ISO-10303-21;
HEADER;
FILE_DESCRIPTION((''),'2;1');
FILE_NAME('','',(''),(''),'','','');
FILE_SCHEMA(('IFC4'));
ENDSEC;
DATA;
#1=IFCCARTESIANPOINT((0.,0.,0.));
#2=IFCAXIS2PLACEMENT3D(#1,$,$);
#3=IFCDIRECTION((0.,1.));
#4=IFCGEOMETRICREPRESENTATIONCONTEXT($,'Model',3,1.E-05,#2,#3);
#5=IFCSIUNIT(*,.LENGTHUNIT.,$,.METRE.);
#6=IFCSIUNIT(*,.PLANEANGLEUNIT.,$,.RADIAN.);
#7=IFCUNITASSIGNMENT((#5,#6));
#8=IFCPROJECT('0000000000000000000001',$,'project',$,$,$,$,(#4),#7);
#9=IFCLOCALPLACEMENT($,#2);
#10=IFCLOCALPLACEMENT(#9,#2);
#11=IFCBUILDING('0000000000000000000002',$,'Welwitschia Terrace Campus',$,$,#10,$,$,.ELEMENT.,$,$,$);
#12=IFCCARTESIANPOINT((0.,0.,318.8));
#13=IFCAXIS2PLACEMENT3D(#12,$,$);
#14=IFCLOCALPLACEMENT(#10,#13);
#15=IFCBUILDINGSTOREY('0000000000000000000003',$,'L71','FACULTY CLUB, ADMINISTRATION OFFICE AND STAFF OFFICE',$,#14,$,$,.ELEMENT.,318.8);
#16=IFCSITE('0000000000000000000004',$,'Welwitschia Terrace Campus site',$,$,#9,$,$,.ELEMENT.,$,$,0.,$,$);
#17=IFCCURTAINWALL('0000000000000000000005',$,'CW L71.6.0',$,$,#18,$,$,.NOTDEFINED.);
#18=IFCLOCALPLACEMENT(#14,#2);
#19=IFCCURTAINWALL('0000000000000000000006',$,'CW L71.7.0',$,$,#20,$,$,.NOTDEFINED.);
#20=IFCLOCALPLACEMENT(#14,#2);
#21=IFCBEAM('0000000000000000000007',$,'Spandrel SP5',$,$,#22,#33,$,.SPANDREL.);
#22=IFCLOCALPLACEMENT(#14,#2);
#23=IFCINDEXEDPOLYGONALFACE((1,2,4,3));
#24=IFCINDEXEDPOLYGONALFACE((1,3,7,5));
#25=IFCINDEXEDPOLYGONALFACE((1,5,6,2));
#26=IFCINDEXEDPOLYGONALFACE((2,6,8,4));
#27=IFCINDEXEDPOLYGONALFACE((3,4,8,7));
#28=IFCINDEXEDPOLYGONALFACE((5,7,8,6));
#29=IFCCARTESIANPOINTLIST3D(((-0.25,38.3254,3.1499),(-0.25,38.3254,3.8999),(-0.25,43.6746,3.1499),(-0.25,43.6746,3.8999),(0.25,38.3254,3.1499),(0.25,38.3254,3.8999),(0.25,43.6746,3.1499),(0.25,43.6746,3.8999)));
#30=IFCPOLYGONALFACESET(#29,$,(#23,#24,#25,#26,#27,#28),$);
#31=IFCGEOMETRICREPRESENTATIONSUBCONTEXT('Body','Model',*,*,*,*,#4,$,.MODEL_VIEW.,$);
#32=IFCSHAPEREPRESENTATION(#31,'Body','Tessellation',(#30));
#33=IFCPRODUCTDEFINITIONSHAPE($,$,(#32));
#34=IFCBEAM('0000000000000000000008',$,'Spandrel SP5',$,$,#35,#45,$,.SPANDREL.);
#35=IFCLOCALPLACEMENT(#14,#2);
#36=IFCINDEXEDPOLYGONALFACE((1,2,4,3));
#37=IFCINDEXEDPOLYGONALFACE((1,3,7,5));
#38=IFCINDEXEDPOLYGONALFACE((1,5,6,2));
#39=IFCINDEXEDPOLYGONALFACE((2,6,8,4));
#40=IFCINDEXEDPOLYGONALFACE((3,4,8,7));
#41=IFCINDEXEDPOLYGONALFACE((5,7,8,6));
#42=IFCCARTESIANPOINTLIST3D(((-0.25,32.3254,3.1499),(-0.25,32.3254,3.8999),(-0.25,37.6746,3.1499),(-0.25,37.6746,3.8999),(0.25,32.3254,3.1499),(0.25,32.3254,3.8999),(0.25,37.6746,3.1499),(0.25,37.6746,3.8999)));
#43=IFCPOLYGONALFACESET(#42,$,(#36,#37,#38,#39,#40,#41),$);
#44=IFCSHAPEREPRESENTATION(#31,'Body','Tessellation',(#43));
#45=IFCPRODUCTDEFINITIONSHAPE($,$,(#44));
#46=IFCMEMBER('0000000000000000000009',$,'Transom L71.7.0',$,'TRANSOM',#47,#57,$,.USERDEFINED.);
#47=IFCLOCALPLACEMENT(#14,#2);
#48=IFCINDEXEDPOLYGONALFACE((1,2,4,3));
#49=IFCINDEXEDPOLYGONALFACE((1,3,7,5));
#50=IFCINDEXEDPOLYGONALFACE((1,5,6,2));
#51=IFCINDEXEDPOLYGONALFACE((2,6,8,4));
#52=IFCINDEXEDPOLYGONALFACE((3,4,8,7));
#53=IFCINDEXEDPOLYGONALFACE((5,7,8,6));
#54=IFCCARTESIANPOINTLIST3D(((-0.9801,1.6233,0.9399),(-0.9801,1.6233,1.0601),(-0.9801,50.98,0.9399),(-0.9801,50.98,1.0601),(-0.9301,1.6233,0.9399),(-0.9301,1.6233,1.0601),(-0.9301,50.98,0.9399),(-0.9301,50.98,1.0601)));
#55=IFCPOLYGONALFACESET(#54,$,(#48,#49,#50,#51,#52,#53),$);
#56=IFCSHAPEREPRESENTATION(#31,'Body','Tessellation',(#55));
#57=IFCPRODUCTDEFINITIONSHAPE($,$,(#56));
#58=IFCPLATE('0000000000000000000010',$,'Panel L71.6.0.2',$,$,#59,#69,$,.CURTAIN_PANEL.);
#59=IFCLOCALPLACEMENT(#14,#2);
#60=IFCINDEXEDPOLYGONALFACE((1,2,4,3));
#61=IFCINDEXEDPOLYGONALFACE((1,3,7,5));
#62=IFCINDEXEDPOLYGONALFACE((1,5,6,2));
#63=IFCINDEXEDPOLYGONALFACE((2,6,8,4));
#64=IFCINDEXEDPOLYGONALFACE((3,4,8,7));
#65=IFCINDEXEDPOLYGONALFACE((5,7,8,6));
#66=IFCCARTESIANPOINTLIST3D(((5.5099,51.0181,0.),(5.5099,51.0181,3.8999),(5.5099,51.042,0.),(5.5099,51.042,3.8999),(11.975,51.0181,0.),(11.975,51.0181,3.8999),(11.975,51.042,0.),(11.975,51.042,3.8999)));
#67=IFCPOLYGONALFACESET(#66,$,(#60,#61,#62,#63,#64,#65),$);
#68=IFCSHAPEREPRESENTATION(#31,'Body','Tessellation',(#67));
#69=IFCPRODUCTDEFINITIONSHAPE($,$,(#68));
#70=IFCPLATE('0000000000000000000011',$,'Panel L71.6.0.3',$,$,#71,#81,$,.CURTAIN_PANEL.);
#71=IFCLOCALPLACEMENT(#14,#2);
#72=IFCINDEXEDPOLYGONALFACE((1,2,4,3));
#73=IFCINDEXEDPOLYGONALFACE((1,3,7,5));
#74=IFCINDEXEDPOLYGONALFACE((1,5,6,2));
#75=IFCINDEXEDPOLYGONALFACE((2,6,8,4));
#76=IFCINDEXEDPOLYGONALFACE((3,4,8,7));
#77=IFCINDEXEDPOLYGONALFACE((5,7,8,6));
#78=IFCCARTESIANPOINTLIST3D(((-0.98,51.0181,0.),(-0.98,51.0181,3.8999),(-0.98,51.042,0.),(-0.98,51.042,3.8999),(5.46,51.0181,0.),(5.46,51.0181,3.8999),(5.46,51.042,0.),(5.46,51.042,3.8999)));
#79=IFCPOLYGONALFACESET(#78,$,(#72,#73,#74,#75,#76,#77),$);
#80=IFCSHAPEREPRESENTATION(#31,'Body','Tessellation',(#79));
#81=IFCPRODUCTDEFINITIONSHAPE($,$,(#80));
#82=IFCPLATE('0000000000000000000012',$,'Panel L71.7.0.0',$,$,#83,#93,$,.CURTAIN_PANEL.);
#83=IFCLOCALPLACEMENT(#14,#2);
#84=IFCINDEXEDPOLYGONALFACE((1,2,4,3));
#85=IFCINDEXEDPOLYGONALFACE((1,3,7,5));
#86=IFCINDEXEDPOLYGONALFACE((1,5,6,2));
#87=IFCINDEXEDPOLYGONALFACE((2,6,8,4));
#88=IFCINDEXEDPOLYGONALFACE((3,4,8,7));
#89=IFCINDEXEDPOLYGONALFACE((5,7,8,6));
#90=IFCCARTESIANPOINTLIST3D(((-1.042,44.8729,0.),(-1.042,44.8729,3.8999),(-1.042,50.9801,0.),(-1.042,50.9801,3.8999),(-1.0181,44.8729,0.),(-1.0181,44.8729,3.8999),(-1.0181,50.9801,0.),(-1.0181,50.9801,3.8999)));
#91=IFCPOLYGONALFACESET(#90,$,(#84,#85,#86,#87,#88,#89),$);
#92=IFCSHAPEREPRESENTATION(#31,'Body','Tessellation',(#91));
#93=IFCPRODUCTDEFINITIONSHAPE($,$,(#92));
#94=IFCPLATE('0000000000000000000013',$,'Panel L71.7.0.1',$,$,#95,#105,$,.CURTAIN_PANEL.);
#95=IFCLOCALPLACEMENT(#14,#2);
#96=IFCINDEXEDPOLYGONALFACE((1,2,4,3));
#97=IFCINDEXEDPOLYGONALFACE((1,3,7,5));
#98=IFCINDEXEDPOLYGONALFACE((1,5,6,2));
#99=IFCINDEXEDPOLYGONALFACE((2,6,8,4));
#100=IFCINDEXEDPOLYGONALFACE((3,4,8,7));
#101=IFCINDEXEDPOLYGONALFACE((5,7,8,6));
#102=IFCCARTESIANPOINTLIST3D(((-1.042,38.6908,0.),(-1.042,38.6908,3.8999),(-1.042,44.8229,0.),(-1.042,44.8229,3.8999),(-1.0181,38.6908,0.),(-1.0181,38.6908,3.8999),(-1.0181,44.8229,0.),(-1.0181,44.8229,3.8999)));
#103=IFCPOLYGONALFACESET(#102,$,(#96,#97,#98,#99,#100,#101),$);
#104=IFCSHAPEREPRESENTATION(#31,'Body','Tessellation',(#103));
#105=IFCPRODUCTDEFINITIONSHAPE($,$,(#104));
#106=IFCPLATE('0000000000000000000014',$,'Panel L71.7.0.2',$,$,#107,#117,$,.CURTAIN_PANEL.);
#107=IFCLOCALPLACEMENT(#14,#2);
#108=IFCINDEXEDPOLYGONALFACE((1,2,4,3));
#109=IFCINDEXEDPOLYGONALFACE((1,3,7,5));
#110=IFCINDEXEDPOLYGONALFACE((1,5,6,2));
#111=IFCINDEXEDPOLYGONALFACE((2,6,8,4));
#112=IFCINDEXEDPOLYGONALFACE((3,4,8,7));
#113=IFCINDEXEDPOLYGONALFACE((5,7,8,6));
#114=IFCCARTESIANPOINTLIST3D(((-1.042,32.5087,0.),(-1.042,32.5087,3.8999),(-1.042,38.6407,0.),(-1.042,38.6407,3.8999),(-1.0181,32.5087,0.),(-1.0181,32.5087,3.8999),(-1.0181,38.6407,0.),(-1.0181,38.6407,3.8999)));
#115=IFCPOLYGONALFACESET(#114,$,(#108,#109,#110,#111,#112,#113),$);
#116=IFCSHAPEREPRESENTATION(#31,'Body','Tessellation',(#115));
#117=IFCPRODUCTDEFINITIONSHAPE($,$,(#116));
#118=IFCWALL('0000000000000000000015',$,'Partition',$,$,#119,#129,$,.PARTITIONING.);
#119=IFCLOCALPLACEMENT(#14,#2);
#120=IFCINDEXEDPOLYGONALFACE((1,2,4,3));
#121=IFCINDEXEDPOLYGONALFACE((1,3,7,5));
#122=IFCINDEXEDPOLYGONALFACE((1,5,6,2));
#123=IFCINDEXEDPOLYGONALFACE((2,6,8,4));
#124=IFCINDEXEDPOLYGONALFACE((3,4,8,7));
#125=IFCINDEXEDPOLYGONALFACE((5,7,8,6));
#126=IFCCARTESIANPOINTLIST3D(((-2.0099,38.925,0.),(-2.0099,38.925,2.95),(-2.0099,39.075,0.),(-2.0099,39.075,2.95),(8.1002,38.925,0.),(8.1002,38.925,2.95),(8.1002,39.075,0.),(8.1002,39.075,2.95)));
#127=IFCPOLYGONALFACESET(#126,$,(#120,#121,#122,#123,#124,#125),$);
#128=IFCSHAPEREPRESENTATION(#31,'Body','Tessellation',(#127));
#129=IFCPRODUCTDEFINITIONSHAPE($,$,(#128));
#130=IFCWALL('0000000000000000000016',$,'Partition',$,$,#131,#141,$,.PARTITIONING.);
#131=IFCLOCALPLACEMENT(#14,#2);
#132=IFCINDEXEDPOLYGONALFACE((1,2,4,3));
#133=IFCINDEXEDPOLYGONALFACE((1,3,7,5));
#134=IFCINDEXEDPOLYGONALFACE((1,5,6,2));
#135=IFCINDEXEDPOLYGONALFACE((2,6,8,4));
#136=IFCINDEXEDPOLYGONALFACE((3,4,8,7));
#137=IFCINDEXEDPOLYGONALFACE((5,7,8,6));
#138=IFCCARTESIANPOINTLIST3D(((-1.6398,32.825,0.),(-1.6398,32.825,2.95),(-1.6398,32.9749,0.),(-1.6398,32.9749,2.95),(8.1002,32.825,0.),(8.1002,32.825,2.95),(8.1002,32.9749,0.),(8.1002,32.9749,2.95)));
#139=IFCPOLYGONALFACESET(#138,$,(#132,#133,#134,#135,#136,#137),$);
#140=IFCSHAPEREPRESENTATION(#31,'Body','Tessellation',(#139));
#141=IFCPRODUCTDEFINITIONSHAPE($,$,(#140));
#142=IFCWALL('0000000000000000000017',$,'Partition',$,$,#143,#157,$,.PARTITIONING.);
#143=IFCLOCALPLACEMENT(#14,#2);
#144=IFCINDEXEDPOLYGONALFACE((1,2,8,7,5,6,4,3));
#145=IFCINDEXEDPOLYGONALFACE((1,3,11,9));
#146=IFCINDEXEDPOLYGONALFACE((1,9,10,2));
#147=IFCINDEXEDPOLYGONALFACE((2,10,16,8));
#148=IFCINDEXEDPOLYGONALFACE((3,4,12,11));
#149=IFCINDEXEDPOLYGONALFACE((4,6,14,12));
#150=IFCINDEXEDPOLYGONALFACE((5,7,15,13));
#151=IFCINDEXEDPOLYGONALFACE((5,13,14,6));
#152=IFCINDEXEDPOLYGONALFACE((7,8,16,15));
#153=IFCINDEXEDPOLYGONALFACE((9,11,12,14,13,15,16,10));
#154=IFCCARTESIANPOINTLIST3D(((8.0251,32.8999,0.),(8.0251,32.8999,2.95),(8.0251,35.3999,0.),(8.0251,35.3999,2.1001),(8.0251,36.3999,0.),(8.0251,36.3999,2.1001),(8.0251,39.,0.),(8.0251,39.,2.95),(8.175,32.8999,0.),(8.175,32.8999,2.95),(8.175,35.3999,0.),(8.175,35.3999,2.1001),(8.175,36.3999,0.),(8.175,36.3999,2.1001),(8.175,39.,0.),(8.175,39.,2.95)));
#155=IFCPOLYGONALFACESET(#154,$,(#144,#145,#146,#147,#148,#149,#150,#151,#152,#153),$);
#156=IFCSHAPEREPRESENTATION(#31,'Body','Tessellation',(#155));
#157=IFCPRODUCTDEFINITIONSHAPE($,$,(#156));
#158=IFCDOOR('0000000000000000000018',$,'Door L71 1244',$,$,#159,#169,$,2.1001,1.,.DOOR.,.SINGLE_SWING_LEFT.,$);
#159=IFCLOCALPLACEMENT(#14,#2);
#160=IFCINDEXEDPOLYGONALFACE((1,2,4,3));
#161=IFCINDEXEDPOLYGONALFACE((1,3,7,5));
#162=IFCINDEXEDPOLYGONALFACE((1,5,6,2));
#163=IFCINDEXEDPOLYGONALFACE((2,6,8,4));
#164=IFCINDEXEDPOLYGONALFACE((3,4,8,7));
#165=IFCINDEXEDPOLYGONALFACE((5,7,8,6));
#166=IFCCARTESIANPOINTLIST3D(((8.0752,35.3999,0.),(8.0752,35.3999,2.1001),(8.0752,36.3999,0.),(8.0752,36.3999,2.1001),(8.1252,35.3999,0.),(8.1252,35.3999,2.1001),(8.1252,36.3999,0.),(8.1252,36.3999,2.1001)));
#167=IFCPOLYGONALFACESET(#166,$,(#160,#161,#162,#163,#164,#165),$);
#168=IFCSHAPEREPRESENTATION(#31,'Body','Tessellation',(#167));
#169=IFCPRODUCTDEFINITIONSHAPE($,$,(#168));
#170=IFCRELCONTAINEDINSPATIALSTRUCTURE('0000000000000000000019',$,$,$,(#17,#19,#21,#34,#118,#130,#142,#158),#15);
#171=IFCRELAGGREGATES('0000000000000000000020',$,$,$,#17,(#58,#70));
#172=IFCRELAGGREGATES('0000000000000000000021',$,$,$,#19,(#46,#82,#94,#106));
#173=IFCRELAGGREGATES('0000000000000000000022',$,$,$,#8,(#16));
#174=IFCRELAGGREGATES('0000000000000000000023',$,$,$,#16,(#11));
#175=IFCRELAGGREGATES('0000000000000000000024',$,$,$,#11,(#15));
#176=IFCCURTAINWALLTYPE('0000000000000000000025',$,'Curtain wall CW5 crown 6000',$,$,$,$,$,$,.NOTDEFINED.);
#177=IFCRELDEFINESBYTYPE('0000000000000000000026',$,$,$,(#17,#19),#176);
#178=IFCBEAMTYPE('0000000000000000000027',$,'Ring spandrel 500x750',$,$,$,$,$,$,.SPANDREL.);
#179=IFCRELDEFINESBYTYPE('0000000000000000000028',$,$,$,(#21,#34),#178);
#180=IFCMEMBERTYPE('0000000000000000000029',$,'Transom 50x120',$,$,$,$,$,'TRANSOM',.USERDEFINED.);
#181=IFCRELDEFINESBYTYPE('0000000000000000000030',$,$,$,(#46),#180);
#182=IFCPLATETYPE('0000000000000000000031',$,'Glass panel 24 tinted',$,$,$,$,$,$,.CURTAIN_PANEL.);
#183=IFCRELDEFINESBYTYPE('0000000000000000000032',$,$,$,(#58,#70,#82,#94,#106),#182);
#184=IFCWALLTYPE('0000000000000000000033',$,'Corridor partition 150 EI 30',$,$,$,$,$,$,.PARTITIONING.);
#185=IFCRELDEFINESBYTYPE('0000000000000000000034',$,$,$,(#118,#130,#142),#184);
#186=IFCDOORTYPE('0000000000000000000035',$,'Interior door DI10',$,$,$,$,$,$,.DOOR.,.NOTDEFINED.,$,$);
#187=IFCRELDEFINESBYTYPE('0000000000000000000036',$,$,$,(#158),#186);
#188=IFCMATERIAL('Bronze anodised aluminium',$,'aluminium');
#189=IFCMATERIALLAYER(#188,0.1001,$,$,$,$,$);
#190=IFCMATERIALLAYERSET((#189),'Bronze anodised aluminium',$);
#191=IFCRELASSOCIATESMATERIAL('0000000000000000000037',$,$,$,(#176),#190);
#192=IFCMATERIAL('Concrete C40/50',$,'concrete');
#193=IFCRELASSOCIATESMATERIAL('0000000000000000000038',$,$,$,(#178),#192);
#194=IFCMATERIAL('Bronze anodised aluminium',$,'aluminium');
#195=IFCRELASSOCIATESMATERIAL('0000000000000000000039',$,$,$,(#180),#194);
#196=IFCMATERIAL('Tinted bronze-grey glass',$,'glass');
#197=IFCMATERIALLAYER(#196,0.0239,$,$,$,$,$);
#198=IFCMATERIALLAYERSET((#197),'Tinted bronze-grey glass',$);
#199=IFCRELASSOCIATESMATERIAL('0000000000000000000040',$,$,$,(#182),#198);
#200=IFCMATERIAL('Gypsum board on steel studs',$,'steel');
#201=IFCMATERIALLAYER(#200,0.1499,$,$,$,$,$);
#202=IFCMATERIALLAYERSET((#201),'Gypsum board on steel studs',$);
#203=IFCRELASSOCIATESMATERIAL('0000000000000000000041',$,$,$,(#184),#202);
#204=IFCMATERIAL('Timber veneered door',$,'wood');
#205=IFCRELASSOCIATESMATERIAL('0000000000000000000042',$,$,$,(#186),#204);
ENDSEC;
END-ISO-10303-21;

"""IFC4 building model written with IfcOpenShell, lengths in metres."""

from ifc_helpers import new_model, si_unit, direction, frame, frame_2d, origin, origin_2d, place, context, subcontext, project, spatial, rectangle, extrude, material, layer, layer_set, material_profile, profile_set, type_object, element, fill, aggregate, save


model = new_model("IFC4")

# Units and contexts
model_context = context("Model", 3, precision=1e-05, world=origin(), true_north=direction((0.0, 1.0)))
body_context = subcontext(model_context, "Body", "Model", "MODEL_VIEW")
ifc_project = project(units=[si_unit("LENGTHUNIT", "METRE"), si_unit("PLANEANGLEUNIT", "RADIAN")], contexts=[model_context])

# Site, building, storey
site_placement = place(None, origin())
site = spatial("IfcSite", under=ifc_project, at=site_placement, Name="Welwitschia Terrace Campus site", CompositionType="ELEMENT", RefElevation=0.0)
building_placement = place(site_placement, origin())
building = spatial("IfcBuilding", under=site, at=building_placement, Name="Welwitschia Terrace Campus", CompositionType="ELEMENT")
storey_placement = place(building_placement, frame((0.0, 0.0, 318.8)))
storey = spatial("IfcBuildingStorey", under=building, at=storey_placement, Name="L71", Description="FACULTY CLUB, ADMINISTRATION OFFICE AND STAFF OFFICE", CompositionType="ELEMENT", Elevation=318.8)

# Curtain walls
ifc_material_1 = material(Name="Bronze anodised aluminium", Category="aluminium")
ifc_layer_1 = layer(ifc_material_1, 0.1001)
ifc_layer_set_1 = layer_set([ifc_layer_1], Name="Bronze anodised aluminium")
curtain_wall_type = type_object("IfcCurtainWallType", Name="Curtain wall CW5 crown 6000", PredefinedType="NOTDEFINED", material=ifc_layer_set_1)
curtain_wall_1_placement = place(storey_placement, origin())
curtain_wall_1 = element("IfcCurtainWall", 1, at=curtain_wall_1_placement, inside=storey, type_object=curtain_wall_type, Name="CW L71.6.0", PredefinedType="NOTDEFINED")
curtain_wall_2_placement = place(storey_placement, origin())
curtain_wall_2 = element("IfcCurtainWall", 2, at=curtain_wall_2_placement, inside=storey, type_object=curtain_wall_type, Name="CW L71.7.0", PredefinedType="NOTDEFINED")

# Beams
ifc_material_2 = material(Name="Concrete C40/50", Category="concrete")
ifc_material_profile_1 = material_profile(ifc_material_2, rectangle(XDim=0.5, YDim=0.75, at=origin_2d()))
ifc_profile_set_1 = profile_set([ifc_material_profile_1], Name="Concrete C40/50")
beam_type_1 = type_object("IfcBeamType", Name="Ring spandrel 500x750", PredefinedType="SPANDREL", material=ifc_profile_set_1)
for number, where, z_axis, x_axis, name in (
    (3, (0.0, 43.6746, 3.5249), (0.0, -1.0, 0.0), (1.0, 0.0, 0.0), "Spandrel SP5"),
    (4, (0.0, 37.6746, 3.5249), (0.0, -1.0, 0.0), (1.0, 0.0, 0.0), "Spandrel SP5"),
):
    element("IfcBeam", number, at=place(storey_placement, frame(where, z_axis=z_axis, x_axis=x_axis)), inside=storey, type_object=beam_type_1, Name=name, PredefinedType="SPANDREL", context=body_context, shape_type="SweptSolid", body=[
        extrude(rectangle(XDim=0.5, YDim=0.75, at=origin_2d()), origin(), (0.0, 0.0, 1.0), 5.3491),
    ])

# Member
ifc_material_3 = material(Name="Bronze anodised aluminium", Category="aluminium")
ifc_material_profile_2 = material_profile(ifc_material_3, rectangle(XDim=0.05, YDim=0.1201, at=origin_2d()))
ifc_profile_set_2 = profile_set([ifc_material_profile_2], Name="Bronze anodised aluminium")
member_type_1 = type_object("IfcMemberType", Name="Transom 50x120", ElementType="TRANSOM", PredefinedType="USERDEFINED", material=ifc_profile_set_2)
member_1_placement = place(storey_placement, frame((-0.9551, 50.98, 1.0), z_axis=(0.0, -1.0, 0.0), x_axis=(1.0, 0.0, 0.0)))
member_1 = element("IfcMember", 5, at=member_1_placement, type_object=member_type_1, Name="Transom L71.7.0", ObjectType="TRANSOM", PredefinedType="USERDEFINED", context=body_context, shape_type="SweptSolid", body=[
    extrude(rectangle(XDim=0.05, YDim=0.1201, at=origin_2d()), origin(), (0.0, 0.0, 1.0), 49.3567),
])

# Plates
ifc_material_4 = material(Name="Tinted bronze-grey glass", Category="glass")
ifc_layer_2 = layer(ifc_material_4, 0.0239)
ifc_layer_set_2 = layer_set([ifc_layer_2], Name="Tinted bronze-grey glass")
plate_type = type_object("IfcPlateType", Name="Glass panel 24 tinted", PredefinedType="CURTAIN_PANEL", material=ifc_layer_set_2)
plate_1_placement = place(storey_placement, frame((8.7424, 51.03, 0.0), z_axis=(0.0, 0.0, 1.0), x_axis=(-1.0, 0.0, 0.0)))
plate_1 = element("IfcPlate", 6, at=plate_1_placement, type_object=plate_type, Name="Panel L71.6.0.2", PredefinedType="CURTAIN_PANEL", context=body_context, shape_type="SweptSolid", body=[
    extrude(rectangle(XDim=6.4651, YDim=0.0239, at=origin_2d()), origin(), (0.0, 0.0, 1.0), 3.8999),
])
plate_2_placement = place(storey_placement, frame((2.24, 51.03, 0.0), z_axis=(0.0, 0.0, 1.0), x_axis=(-1.0, 0.0, 0.0)))
plate_2 = element("IfcPlate", 7, at=plate_2_placement, type_object=plate_type, Name="Panel L71.6.0.3", PredefinedType="CURTAIN_PANEL", context=body_context, shape_type="SweptSolid", body=[
    extrude(rectangle(XDim=6.4399, YDim=0.0239, at=origin_2d()), origin(), (0.0, 0.0, 1.0), 3.8999),
])
aggregate(curtain_wall_1, [plate_1, plate_2])
plate_3_placement = place(storey_placement, frame((-1.03, 47.9265, 0.0), z_axis=(0.0, 0.0, 1.0), x_axis=(0.0, -1.0, 0.0)))
plate_3 = element("IfcPlate", 8, at=plate_3_placement, type_object=plate_type, Name="Panel L71.7.0.0", PredefinedType="CURTAIN_PANEL", context=body_context, shape_type="SweptSolid", body=[
    extrude(rectangle(XDim=6.1072, YDim=0.0239, at=origin_2d()), origin(), (0.0, 0.0, 1.0), 3.8999),
])
plate_4_placement = place(storey_placement, frame((-1.03, 41.7568, 0.0), z_axis=(0.0, 0.0, 1.0), x_axis=(0.0, -1.0, 0.0)))
plate_4 = element("IfcPlate", 9, at=plate_4_placement, type_object=plate_type, Name="Panel L71.7.0.1", PredefinedType="CURTAIN_PANEL", context=body_context, shape_type="SweptSolid", body=[
    extrude(rectangle(XDim=6.1321, YDim=0.0239, at=origin_2d()), origin(), (0.0, 0.0, 1.0), 3.8999),
])
plate_5_placement = place(storey_placement, frame((-1.03, 35.5747, 0.0), z_axis=(0.0, 0.0, 1.0), x_axis=(0.0, -1.0, 0.0)))
plate_5 = element("IfcPlate", 10, at=plate_5_placement, type_object=plate_type, Name="Panel L71.7.0.2", PredefinedType="CURTAIN_PANEL", context=body_context, shape_type="SweptSolid", body=[
    extrude(rectangle(XDim=6.1321, YDim=0.0239, at=origin_2d()), origin(), (0.0, 0.0, 1.0), 3.8999),
])
aggregate(curtain_wall_2, [member_1, plate_3, plate_4, plate_5])

# Walls
ifc_material_5 = material(Name="Gypsum board on steel studs", Category="steel")
ifc_layer_3 = layer(ifc_material_5, 0.1499)
ifc_layer_set_3 = layer_set([ifc_layer_3], Name="Gypsum board on steel studs")
wall_type = type_object("IfcWallType", Name="Corridor partition 150 EI 30", PredefinedType="PARTITIONING", material=ifc_layer_set_3)
wall_1_placement = place(storey_placement, frame((-2.01, 39.0, 0.0), z_axis=(0.0, 0.0, 1.0), x_axis=(1.0, 0.0, 0.0)))
element("IfcWall", 11, at=wall_1_placement, inside=storey, type_object=wall_type, Name="Partition", PredefinedType="PARTITIONING", context=body_context, shape_type="SweptSolid", body=[
    extrude(rectangle(XDim=10.1101, YDim=0.1499, at=frame_2d((5.0552, 0.0))), origin(), (0.0, 0.0, 1.0), 2.95),
])
wall_2_placement = place(storey_placement, frame((-1.6399, 32.8999, 0.0), z_axis=(0.0, 0.0, 1.0), x_axis=(1.0, 0.0, 0.0)))
element("IfcWall", 12, at=wall_2_placement, inside=storey, type_object=wall_type, Name="Partition", PredefinedType="PARTITIONING", context=body_context, shape_type="SweptSolid", body=[
    extrude(rectangle(XDim=9.74, YDim=0.1499, at=frame_2d((4.8701, 0.0))), origin(), (0.0, 0.0, 1.0), 2.95),
])

# Wall, opening, door
wall_3_placement = place(storey_placement, frame((8.1001, 32.8999, 0.0), z_axis=(0.0, 0.0, 1.0), x_axis=(0.0, 1.0, 0.0)))
wall_3 = element("IfcWall", 13, at=wall_3_placement, inside=storey, type_object=wall_type, Name="Partition", PredefinedType="PARTITIONING", context=body_context, shape_type="SweptSolid", body=[
    extrude(rectangle(XDim=6.1001, YDim=0.1499, at=frame_2d((3.05, 0.0))), origin(), (0.0, 0.0, 1.0), 2.95),
])
opening_1_placement = place(wall_3_placement, frame((2.5, 0.0, 0.0)))
opening_1 = element("IfcOpeningElement", 14, at=opening_1_placement, cuts=wall_3, PredefinedType="OPENING", context=body_context, shape_type="SweptSolid", body=[
    extrude(rectangle(XDim=1.0, YDim=2.1001, at=frame_2d((0.5, 1.05))), frame((0.0, 0.085, 0.0), z_axis=(0.0, -1.0, 0.0), x_axis=(1.0, 0.0, 0.0)), (0.0, 0.0, 1.0), 0.1699),
])
ifc_material_6 = material(Name="Timber veneered door", Category="wood")
door_type_1 = type_object("IfcDoorType", Name="Interior door DI10", OperationType="NOTDEFINED", PredefinedType="DOOR", material=ifc_material_6)
door_1_placement = place(opening_1_placement, origin())
door_1 = element("IfcDoor", 15, at=door_1_placement, inside=storey, type_object=door_type_1, Name="Door L71 1244", OperationType="SINGLE_SWING_LEFT", OverallHeight=2.1001, OverallWidth=1.0, PredefinedType="DOOR", context=body_context, shape_type="SweptSolid", body=[
    extrude(rectangle(XDim=1.0, YDim=2.1001, at=frame_2d((0.5, 1.05))), frame((0.0, 0.0249, 0.0), z_axis=(0.0, -1.0, 0.0), x_axis=(1.0, 0.0, 0.0)), (0.0, 0.0, 1.0), 0.05),
])
fill(opening_1, door_1)

save(model, "model.ifc")
